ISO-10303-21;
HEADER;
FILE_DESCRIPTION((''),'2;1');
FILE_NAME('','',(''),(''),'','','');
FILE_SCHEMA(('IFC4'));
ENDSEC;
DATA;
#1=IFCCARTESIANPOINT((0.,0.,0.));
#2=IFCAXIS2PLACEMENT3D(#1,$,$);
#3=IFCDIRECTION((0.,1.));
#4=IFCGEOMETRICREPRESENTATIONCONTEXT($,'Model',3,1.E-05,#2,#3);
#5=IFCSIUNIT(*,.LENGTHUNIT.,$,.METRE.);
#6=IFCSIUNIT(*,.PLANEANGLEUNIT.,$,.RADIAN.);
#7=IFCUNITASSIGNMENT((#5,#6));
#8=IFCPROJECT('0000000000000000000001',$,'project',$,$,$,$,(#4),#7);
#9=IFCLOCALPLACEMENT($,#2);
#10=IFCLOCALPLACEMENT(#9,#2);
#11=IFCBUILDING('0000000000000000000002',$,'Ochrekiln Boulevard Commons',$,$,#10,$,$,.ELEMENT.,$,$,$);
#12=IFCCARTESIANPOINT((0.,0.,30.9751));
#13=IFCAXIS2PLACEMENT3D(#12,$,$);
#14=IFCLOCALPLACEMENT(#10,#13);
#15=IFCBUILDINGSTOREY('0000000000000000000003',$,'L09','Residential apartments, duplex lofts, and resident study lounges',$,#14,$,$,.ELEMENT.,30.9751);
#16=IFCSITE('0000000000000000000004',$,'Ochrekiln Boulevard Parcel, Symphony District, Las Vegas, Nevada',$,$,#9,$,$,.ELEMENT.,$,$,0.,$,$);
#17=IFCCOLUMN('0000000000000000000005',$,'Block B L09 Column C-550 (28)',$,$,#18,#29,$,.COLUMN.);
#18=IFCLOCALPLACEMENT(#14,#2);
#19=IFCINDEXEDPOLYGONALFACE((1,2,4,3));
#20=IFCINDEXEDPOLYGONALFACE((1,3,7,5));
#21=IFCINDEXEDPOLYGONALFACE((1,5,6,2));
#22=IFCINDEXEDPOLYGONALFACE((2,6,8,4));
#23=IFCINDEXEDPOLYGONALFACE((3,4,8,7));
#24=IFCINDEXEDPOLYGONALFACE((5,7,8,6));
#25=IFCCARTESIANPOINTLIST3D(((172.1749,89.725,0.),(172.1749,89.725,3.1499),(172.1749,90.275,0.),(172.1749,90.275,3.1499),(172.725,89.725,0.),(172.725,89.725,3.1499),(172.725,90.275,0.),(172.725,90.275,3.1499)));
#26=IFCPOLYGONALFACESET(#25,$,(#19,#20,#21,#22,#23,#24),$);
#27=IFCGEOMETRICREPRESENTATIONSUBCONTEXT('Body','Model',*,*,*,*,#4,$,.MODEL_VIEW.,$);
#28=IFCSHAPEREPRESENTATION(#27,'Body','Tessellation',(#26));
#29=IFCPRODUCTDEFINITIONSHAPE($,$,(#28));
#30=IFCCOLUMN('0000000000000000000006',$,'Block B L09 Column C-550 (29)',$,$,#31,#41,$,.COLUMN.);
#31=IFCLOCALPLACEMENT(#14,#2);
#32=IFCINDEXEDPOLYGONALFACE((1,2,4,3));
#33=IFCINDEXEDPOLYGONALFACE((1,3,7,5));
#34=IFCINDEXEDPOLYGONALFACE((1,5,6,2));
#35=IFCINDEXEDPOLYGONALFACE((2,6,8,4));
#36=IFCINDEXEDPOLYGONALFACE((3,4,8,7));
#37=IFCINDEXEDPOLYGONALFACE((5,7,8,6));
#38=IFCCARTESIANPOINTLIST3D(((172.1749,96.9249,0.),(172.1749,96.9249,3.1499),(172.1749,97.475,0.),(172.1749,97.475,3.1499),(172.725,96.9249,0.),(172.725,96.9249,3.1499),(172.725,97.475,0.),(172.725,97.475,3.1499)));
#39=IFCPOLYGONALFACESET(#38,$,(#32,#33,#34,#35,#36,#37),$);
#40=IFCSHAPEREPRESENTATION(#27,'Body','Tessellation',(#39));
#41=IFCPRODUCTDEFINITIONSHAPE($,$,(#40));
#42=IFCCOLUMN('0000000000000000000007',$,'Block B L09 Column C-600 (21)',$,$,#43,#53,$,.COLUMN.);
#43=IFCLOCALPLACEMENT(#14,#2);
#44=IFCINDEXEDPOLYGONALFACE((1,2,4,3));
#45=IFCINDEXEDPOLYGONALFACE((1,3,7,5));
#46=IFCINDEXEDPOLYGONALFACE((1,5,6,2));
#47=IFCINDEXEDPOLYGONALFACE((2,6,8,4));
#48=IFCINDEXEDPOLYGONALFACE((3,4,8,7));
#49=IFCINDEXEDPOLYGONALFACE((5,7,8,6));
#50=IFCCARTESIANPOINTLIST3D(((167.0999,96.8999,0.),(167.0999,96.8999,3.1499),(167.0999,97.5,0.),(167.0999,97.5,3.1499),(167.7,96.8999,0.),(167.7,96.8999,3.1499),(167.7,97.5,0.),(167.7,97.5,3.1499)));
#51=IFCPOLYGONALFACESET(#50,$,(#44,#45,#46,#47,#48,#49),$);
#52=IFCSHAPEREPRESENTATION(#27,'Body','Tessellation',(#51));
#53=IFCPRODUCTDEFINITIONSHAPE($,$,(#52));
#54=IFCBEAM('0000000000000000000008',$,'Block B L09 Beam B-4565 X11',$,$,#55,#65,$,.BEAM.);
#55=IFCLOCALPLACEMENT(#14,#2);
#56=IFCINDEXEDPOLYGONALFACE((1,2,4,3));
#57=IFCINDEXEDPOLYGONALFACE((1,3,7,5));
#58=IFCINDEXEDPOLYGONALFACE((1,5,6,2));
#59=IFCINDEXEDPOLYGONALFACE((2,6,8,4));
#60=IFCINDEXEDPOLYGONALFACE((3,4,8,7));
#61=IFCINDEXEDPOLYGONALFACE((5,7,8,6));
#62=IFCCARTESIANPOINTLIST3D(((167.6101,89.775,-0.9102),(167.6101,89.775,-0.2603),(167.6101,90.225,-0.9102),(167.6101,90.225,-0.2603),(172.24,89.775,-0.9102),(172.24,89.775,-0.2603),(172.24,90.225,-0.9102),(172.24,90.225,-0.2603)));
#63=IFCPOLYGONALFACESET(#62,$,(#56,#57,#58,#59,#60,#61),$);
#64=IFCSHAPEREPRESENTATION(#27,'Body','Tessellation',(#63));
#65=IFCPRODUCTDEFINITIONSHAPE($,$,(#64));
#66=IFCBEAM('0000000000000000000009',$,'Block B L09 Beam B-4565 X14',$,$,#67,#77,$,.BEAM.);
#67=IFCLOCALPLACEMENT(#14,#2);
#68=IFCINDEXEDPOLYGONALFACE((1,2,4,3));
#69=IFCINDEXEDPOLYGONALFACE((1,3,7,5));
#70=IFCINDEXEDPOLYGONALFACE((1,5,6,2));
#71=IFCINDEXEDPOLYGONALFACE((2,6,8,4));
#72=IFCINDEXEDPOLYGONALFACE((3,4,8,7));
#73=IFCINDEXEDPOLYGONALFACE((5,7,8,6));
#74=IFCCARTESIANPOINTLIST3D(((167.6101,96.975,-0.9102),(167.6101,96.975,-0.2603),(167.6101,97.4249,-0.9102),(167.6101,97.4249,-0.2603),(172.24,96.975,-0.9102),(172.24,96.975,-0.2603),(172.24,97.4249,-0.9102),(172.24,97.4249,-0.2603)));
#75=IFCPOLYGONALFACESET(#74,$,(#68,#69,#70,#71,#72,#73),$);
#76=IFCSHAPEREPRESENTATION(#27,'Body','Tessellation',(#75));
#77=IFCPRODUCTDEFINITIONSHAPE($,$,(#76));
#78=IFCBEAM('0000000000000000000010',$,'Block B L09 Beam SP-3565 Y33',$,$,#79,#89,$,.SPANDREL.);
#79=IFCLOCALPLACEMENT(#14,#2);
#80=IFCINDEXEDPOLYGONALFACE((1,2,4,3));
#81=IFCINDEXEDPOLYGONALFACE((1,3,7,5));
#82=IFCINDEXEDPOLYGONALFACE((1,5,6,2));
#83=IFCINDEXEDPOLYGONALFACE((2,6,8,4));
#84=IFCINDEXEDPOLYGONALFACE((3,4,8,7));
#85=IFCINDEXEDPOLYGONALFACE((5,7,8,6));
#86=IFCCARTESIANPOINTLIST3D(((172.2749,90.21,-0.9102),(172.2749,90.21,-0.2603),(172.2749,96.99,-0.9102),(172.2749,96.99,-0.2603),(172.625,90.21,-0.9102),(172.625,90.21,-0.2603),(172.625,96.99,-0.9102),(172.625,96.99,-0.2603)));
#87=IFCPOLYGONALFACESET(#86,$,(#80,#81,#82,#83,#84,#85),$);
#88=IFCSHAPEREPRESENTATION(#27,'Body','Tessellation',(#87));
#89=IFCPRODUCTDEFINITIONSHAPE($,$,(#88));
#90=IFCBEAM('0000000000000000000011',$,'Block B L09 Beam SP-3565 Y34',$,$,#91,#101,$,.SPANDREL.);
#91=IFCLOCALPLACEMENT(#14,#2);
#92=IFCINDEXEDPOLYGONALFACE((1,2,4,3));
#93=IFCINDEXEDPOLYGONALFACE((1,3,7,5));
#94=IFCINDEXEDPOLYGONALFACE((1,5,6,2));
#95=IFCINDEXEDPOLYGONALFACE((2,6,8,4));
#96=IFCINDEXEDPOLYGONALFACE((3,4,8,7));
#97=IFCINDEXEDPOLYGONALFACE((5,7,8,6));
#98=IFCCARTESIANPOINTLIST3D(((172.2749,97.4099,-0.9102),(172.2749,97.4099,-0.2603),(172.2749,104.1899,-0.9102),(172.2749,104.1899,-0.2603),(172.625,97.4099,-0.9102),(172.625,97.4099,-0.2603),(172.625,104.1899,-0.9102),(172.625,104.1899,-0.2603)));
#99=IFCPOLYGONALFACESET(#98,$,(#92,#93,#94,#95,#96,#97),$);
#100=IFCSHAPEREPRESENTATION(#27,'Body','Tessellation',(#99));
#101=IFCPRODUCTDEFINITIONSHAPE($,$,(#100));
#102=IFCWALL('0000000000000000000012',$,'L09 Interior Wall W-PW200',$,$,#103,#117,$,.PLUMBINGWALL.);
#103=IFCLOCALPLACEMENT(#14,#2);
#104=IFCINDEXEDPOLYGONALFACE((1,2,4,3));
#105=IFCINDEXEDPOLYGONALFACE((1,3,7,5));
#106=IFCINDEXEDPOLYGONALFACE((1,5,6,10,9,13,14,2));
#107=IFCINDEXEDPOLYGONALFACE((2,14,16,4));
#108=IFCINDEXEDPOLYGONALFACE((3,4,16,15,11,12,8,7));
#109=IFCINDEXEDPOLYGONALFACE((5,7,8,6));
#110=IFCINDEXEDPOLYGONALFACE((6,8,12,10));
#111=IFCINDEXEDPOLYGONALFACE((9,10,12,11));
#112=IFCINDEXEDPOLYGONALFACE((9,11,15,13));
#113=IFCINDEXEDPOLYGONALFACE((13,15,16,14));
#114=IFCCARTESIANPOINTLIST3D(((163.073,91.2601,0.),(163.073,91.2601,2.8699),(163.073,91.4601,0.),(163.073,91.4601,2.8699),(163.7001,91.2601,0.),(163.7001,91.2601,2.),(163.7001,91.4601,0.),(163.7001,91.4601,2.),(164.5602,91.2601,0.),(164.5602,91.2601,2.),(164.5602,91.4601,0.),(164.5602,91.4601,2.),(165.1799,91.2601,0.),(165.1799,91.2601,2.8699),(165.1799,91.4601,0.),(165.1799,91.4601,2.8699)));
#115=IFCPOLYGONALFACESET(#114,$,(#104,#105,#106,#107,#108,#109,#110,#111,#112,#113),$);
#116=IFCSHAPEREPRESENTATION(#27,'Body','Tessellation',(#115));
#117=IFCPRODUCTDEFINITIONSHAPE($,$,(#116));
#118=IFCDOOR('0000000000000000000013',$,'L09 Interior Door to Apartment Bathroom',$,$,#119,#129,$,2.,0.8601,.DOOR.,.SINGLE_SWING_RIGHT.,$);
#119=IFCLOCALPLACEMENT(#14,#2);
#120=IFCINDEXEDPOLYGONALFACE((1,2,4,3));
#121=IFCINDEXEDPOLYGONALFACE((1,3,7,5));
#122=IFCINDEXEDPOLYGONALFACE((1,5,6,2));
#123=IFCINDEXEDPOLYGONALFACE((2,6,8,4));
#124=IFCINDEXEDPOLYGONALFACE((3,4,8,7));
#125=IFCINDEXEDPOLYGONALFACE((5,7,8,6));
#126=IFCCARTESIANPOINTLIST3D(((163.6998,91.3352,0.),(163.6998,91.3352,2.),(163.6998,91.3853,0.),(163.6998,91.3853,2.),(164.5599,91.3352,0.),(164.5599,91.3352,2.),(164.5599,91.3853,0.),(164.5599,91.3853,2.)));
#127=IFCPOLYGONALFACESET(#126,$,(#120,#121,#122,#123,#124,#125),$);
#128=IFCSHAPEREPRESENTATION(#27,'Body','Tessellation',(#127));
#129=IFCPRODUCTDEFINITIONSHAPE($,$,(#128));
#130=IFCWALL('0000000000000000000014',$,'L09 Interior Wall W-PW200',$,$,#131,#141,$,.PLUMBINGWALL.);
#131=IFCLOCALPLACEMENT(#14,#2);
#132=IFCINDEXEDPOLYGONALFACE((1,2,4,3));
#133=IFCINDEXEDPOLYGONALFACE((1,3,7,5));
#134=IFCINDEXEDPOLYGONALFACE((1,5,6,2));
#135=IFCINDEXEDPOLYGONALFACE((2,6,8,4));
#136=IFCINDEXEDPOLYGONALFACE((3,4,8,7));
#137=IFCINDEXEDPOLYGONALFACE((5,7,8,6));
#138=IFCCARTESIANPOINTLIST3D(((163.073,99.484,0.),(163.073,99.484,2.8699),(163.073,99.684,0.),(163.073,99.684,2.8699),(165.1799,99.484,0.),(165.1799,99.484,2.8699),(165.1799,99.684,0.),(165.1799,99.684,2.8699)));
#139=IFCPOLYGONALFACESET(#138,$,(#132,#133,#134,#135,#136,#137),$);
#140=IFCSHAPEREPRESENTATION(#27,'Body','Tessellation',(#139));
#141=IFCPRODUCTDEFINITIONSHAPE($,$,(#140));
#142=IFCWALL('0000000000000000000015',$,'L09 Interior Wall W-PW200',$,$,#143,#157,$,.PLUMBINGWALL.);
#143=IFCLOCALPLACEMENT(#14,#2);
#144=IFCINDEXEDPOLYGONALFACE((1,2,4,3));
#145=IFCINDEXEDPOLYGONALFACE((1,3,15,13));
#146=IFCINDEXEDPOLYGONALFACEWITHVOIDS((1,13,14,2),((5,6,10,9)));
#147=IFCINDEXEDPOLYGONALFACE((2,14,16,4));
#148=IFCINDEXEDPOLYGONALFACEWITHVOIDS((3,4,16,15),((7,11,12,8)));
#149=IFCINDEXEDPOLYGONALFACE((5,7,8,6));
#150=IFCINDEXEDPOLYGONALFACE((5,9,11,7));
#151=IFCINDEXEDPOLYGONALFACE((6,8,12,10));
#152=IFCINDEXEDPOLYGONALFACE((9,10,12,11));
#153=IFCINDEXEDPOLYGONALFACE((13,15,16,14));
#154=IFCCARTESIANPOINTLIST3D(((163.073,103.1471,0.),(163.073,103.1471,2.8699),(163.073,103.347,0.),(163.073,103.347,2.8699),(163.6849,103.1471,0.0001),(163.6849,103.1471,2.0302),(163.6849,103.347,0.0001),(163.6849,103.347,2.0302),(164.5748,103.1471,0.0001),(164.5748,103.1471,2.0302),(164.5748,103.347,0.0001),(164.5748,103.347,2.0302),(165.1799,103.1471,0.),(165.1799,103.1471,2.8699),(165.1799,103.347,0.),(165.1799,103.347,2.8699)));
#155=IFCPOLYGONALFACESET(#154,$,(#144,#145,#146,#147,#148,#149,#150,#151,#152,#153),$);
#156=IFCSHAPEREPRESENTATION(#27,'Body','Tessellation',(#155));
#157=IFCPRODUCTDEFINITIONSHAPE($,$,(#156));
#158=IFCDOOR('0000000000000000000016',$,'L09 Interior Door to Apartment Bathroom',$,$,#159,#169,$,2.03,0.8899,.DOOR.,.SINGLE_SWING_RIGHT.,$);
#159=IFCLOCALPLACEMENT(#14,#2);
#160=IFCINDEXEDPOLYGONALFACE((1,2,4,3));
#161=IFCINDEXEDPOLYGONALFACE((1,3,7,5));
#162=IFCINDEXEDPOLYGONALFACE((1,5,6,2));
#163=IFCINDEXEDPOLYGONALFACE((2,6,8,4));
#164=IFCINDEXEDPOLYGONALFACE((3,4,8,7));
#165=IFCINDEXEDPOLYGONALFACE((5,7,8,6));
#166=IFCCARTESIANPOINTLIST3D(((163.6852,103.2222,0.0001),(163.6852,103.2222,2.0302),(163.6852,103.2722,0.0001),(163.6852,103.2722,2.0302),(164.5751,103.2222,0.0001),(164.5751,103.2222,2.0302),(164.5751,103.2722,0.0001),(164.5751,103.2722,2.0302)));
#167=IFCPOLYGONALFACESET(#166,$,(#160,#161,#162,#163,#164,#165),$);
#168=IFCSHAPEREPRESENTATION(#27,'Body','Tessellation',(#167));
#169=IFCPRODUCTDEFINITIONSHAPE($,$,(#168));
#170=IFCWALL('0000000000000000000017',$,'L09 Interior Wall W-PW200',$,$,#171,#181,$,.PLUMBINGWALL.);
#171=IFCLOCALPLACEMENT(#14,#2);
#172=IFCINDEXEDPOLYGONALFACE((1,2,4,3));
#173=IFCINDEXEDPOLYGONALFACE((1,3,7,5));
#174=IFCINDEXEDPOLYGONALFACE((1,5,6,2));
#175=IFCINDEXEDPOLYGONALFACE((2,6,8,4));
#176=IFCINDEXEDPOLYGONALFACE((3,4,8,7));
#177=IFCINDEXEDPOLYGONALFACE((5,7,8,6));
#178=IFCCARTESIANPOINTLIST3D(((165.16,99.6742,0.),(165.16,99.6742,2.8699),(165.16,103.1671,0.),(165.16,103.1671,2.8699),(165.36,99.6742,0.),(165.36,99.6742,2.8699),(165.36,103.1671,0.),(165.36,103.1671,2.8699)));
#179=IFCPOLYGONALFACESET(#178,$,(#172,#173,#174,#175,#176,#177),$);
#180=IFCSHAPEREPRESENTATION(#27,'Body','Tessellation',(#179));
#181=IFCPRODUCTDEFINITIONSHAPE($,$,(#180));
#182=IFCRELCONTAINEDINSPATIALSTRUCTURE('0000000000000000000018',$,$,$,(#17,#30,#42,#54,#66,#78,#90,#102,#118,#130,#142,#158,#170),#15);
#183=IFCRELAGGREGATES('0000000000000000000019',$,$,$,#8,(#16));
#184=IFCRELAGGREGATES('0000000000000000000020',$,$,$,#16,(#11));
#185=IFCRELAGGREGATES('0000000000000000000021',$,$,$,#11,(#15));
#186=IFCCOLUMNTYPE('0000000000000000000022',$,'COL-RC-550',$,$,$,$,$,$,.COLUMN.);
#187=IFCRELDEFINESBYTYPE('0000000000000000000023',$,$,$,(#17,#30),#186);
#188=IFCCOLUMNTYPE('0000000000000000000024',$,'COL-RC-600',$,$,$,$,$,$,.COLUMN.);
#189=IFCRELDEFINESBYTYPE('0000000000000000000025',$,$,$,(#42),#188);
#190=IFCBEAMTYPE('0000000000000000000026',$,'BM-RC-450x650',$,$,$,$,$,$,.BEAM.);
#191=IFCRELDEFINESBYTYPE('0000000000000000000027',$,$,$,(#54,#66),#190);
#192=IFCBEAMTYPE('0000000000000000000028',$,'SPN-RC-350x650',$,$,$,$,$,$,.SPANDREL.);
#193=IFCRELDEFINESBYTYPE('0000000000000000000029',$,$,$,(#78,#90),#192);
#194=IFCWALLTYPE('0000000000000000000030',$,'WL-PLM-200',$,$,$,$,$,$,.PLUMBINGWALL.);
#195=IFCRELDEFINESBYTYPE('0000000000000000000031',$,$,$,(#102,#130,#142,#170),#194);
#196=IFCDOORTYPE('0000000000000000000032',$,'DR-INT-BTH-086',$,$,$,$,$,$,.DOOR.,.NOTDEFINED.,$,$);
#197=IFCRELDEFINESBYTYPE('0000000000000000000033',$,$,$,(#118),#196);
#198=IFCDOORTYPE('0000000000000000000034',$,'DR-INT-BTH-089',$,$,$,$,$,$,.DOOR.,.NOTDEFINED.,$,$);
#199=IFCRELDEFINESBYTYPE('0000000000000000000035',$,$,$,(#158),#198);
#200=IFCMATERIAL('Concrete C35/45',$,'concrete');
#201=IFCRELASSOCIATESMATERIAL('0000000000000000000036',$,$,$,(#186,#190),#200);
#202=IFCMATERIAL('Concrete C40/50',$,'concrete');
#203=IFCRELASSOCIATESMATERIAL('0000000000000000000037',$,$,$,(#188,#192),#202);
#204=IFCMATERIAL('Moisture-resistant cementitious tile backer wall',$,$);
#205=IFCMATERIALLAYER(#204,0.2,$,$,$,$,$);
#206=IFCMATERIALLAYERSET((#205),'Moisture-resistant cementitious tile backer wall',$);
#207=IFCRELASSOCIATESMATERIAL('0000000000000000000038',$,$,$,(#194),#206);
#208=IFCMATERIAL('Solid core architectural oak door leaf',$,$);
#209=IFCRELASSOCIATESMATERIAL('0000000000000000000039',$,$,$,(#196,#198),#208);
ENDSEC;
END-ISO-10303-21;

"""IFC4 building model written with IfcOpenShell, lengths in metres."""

from ifc_helpers import new_model, si_unit, direction, frame, frame_2d, origin, origin_2d, place, context, subcontext, project, spatial, rectangle, extrude, material, layer, layer_set, material_profile, profile_set, type_object, element, fill, save


model = new_model("IFC4")

# Units and contexts
model_context = context("Model", 3, precision=1e-05, world=origin(), true_north=direction((0.0, 1.0)))
body_context = subcontext(model_context, "Body", "Model", "MODEL_VIEW")
ifc_project = project(units=[si_unit("LENGTHUNIT", "METRE"), si_unit("PLANEANGLEUNIT", "RADIAN")], contexts=[model_context])

# Site, building, storey
site_placement = place(None, origin())
site = spatial("IfcSite", under=ifc_project, at=site_placement, Name="Ochrekiln Boulevard Parcel, Symphony District, Las Vegas, Nevada", CompositionType="ELEMENT", RefElevation=0.0)
building_placement = place(site_placement, origin())
building = spatial("IfcBuilding", under=site, at=building_placement, Name="Ochrekiln Boulevard Commons", CompositionType="ELEMENT")
storey_placement = place(building_placement, frame((0.0, 0.0, 30.9751)))
storey = spatial("IfcBuildingStorey", under=building, at=storey_placement, Name="L09", Description="Residential apartments, duplex lofts, and resident study lounges", CompositionType="ELEMENT", Elevation=30.9751)

# Columns
ifc_material_1 = material(Name="Concrete C35/45", Category="concrete")
ifc_material_profile_1 = material_profile(ifc_material_1, rectangle(XDim=0.55, YDim=0.55, at=origin_2d()), Name="RC-COL-550x550")
ifc_profile_set_1 = profile_set([ifc_material_profile_1], Name="Concrete C35/45")
column_type_1 = type_object("IfcColumnType", Name="COL-RC-550", PredefinedType="COLUMN", material=ifc_profile_set_1)
for number, where, z_axis, x_axis, name in (
    (1, (172.45, 90.0, 0.0), (0.0, 0.0, 1.0), (1.0, 0.0, 0.0), "Block B L09 Column C-550 (28)"),
    (2, (172.45, 97.2, 0.0), (0.0, 0.0, 1.0), (1.0, 0.0, 0.0), "Block B L09 Column C-550 (29)"),
):
    element("IfcColumn", number, at=place(storey_placement, frame(where, z_axis=z_axis, x_axis=x_axis)), inside=storey, type_object=column_type_1, Name=name, PredefinedType="COLUMN", context=body_context, shape_type="SweptSolid", body=[
        extrude(rectangle(XDim=0.55, YDim=0.55, at=origin_2d()), origin(), (0.0, 0.0, 1.0), 3.1499),
    ])
ifc_material_2 = material(Name="Concrete C40/50", Category="concrete")
ifc_material_profile_2 = material_profile(ifc_material_2, rectangle(XDim=0.6001, YDim=0.6001, at=origin_2d()), Name="RC-COL-600x600")
ifc_profile_set_2 = profile_set([ifc_material_profile_2], Name="Concrete C40/50")
column_type_2 = type_object("IfcColumnType", Name="COL-RC-600", PredefinedType="COLUMN", material=ifc_profile_set_2)
column_placement = place(storey_placement, frame((167.3999, 97.2, 0.0), z_axis=(0.0, 0.0, 1.0), x_axis=(1.0, 0.0, 0.0)))
element("IfcColumn", 3, at=column_placement, inside=storey, type_object=column_type_2, Name="Block B L09 Column C-600 (21)", PredefinedType="COLUMN", context=body_context, shape_type="SweptSolid", body=[
    extrude(rectangle(XDim=0.6001, YDim=0.6001, at=origin_2d()), origin(), (0.0, 0.0, 1.0), 3.1499),
])

# Beams
ifc_material_profile_3 = material_profile(ifc_material_1, rectangle(XDim=0.45, YDim=0.6499, at=origin_2d()), Name="RC-BM-450x650")
ifc_profile_set_3 = profile_set([ifc_material_profile_3], Name="Concrete C35/45")
beam_type_1 = type_object("IfcBeamType", Name="BM-RC-450x650", PredefinedType="BEAM", material=ifc_profile_set_3)
for number, where, z_axis, x_axis, name in (
    (4, (167.6101, 90.0, -0.5852), (1.0, 0.0, 0.0), (0.0, 1.0, 0.0), "Block B L09 Beam B-4565 X11"),
    (5, (167.6101, 97.2, -0.5852), (1.0, 0.0, 0.0), (0.0, 1.0, 0.0), "Block B L09 Beam B-4565 X14"),
):
    element("IfcBeam", number, at=place(storey_placement, frame(where, z_axis=z_axis, x_axis=x_axis)), inside=storey, type_object=beam_type_1, Name=name, PredefinedType="BEAM", context=body_context, shape_type="SweptSolid", body=[
        extrude(rectangle(XDim=0.45, YDim=0.6499, at=origin_2d()), origin(), (0.0, 0.0, 1.0), 4.6299),
    ])
ifc_material_profile_4 = material_profile(ifc_material_2, rectangle(XDim=0.3501, YDim=0.6499, at=origin_2d()), Name="RC-SPN-350x650")
ifc_profile_set_4 = profile_set([ifc_material_profile_4], Name="Concrete C40/50")
beam_type_2 = type_object("IfcBeamType", Name="SPN-RC-350x650", PredefinedType="SPANDREL", material=ifc_profile_set_4)
for number, where, z_axis, x_axis, name in (
    (6, (172.45, 90.21, -0.5852), (0.0, 1.0, 0.0), (-1.0, 0.0, 0.0), "Block B L09 Beam SP-3565 Y33"),
    (7, (172.45, 97.4099, -0.5852), (0.0, 1.0, 0.0), (-1.0, 0.0, 0.0), "Block B L09 Beam SP-3565 Y34"),
):
    element("IfcBeam", number, at=place(storey_placement, frame(where, z_axis=z_axis, x_axis=x_axis)), inside=storey, type_object=beam_type_2, Name=name, PredefinedType="SPANDREL", context=body_context, shape_type="SweptSolid", body=[
        extrude(rectangle(XDim=0.3501, YDim=0.6499, at=origin_2d()), origin(), (0.0, 0.0, 1.0), 6.78),
    ])

# Wall, opening, door
ifc_material_3 = material(Name="Moisture-resistant cementitious tile backer wall")
ifc_layer_1 = layer(ifc_material_3, 0.2)
ifc_layer_set_1 = layer_set([ifc_layer_1], Name="Moisture-resistant cementitious tile backer wall")
wall_type_1 = type_object("IfcWallType", Name="WL-PLM-200", PredefinedType="PLUMBINGWALL", material=ifc_layer_set_1)
wall_1_placement = place(storey_placement, frame((163.073, 91.3601, 0.0), z_axis=(0.0, 0.0, 1.0), x_axis=(1.0, 0.0, 0.0)))
wall_1 = element("IfcWall", 8, at=wall_1_placement, inside=storey, type_object=wall_type_1, Name="L09 Interior Wall W-PW200", PredefinedType="PLUMBINGWALL", context=body_context, shape_type="SweptSolid", body=[
    extrude(rectangle(XDim=2.1069, YDim=0.2, at=frame_2d((1.0535, 0.0))), origin(), (0.0, 0.0, 1.0), 2.8699),
])
opening_1_placement = place(wall_1_placement, frame((0.627, 0.0, 0.0)))
opening_1 = element("IfcOpeningElement", 9, at=opening_1_placement, cuts=wall_1, PredefinedType="OPENING", context=body_context, shape_type="SweptSolid", body=[
    extrude(rectangle(XDim=0.8601, YDim=2.0, at=frame_2d((0.4302, 1.0))), frame((0.0, 0.1099, 0.0), z_axis=(0.0, -1.0, 0.0), x_axis=(1.0, 0.0, 0.0)), (0.0, 0.0, 1.0), 0.22),
])
ifc_material_4 = material(Name="Solid core architectural oak door leaf")
door_type_1 = type_object("IfcDoorType", Name="DR-INT-BTH-086", OperationType="NOTDEFINED", PredefinedType="DOOR", material=ifc_material_4)
door_1_placement = place(opening_1_placement, frame((0.8601, 0.0, 0.0), z_axis=(0.0, 0.0, 1.0), x_axis=(-1.0, 0.0, 0.0)))
door_1 = element("IfcDoor", 10, at=door_1_placement, inside=storey, type_object=door_type_1, Name="L09 Interior Door to Apartment Bathroom", OperationType="SINGLE_SWING_RIGHT", OverallHeight=2.0, OverallWidth=0.8601, PredefinedType="DOOR", context=body_context, shape_type="SweptSolid", body=[
    extrude(rectangle(XDim=0.8601, YDim=2.0, at=frame_2d((0.4302, 1.0))), frame((0.0, 0.0249, 0.0), z_axis=(0.0, -1.0, 0.0), x_axis=(1.0, 0.0, 0.0)), (0.0, 0.0, 1.0), 0.05),
])
fill(opening_1, door_1)

# Wall
wall_2_placement = place(storey_placement, frame((163.073, 99.584, 0.0), z_axis=(0.0, 0.0, 1.0), x_axis=(1.0, 0.0, 0.0)))
element("IfcWall", 11, at=wall_2_placement, inside=storey, type_object=wall_type_1, Name="L09 Interior Wall W-PW200", PredefinedType="PLUMBINGWALL", context=body_context, shape_type="SweptSolid", body=[
    extrude(rectangle(XDim=2.1069, YDim=0.2, at=frame_2d((1.0535, 0.0))), origin(), (0.0, 0.0, 1.0), 2.8699),
])

# Wall, opening, door
wall_3_placement = place(storey_placement, frame((163.073, 103.2471, 0.0), z_axis=(0.0, 0.0, 1.0), x_axis=(1.0, 0.0, 0.0)))
wall_3 = element("IfcWall", 12, at=wall_3_placement, inside=storey, type_object=wall_type_1, Name="L09 Interior Wall W-PW200", PredefinedType="PLUMBINGWALL", context=body_context, shape_type="SweptSolid", body=[
    extrude(rectangle(XDim=2.1069, YDim=0.2, at=frame_2d((1.0535, 0.0))), origin(), (0.0, 0.0, 1.0), 2.8699),
])
opening_2_placement = place(wall_3_placement, frame((0.6121, 0.0, 0.0)))
opening_2 = element("IfcOpeningElement", 13, at=opening_2_placement, cuts=wall_3, PredefinedType="OPENING", context=body_context, shape_type="SweptSolid", body=[
    extrude(rectangle(XDim=0.8899, YDim=2.03, at=frame_2d((0.4448, 1.0151))), frame((0.0, 0.1099, 0.0), z_axis=(0.0, -1.0, 0.0), x_axis=(1.0, 0.0, 0.0)), (0.0, 0.0, 1.0), 0.22),
])
door_type_2 = type_object("IfcDoorType", Name="DR-INT-BTH-089", OperationType="NOTDEFINED", PredefinedType="DOOR", material=ifc_material_4)
door_2_placement = place(opening_2_placement, frame((0.8899, 0.0, 0.0), z_axis=(0.0, 0.0, 1.0), x_axis=(-1.0, 0.0, 0.0)))
door_2 = element("IfcDoor", 14, at=door_2_placement, inside=storey, type_object=door_type_2, Name="L09 Interior Door to Apartment Bathroom", OperationType="SINGLE_SWING_RIGHT", OverallHeight=2.03, OverallWidth=0.8899, PredefinedType="DOOR", context=body_context, shape_type="SweptSolid", body=[
    extrude(rectangle(XDim=0.8899, YDim=2.03, at=frame_2d((0.4448, 1.0151))), frame((0.0, 0.0249, 0.0), z_axis=(0.0, -1.0, 0.0), x_axis=(1.0, 0.0, 0.0)), (0.0, 0.0, 1.0), 0.05),
])
fill(opening_2, door_2)

# Wall
wall_4_placement = place(storey_placement, frame((165.26, 99.6741, 0.0), z_axis=(0.0, 0.0, 1.0), x_axis=(0.0, 1.0, 0.0)))
element("IfcWall", 15, at=wall_4_placement, inside=storey, type_object=wall_type_1, Name="L09 Interior Wall W-PW200", PredefinedType="PLUMBINGWALL", context=body_context, shape_type="SweptSolid", body=[
    extrude(rectangle(XDim=3.4929, YDim=0.2, at=frame_2d((1.7466, 0.0))), origin(), (0.0, 0.0, 1.0), 2.8699),
])

save(model, "model.ifc")
